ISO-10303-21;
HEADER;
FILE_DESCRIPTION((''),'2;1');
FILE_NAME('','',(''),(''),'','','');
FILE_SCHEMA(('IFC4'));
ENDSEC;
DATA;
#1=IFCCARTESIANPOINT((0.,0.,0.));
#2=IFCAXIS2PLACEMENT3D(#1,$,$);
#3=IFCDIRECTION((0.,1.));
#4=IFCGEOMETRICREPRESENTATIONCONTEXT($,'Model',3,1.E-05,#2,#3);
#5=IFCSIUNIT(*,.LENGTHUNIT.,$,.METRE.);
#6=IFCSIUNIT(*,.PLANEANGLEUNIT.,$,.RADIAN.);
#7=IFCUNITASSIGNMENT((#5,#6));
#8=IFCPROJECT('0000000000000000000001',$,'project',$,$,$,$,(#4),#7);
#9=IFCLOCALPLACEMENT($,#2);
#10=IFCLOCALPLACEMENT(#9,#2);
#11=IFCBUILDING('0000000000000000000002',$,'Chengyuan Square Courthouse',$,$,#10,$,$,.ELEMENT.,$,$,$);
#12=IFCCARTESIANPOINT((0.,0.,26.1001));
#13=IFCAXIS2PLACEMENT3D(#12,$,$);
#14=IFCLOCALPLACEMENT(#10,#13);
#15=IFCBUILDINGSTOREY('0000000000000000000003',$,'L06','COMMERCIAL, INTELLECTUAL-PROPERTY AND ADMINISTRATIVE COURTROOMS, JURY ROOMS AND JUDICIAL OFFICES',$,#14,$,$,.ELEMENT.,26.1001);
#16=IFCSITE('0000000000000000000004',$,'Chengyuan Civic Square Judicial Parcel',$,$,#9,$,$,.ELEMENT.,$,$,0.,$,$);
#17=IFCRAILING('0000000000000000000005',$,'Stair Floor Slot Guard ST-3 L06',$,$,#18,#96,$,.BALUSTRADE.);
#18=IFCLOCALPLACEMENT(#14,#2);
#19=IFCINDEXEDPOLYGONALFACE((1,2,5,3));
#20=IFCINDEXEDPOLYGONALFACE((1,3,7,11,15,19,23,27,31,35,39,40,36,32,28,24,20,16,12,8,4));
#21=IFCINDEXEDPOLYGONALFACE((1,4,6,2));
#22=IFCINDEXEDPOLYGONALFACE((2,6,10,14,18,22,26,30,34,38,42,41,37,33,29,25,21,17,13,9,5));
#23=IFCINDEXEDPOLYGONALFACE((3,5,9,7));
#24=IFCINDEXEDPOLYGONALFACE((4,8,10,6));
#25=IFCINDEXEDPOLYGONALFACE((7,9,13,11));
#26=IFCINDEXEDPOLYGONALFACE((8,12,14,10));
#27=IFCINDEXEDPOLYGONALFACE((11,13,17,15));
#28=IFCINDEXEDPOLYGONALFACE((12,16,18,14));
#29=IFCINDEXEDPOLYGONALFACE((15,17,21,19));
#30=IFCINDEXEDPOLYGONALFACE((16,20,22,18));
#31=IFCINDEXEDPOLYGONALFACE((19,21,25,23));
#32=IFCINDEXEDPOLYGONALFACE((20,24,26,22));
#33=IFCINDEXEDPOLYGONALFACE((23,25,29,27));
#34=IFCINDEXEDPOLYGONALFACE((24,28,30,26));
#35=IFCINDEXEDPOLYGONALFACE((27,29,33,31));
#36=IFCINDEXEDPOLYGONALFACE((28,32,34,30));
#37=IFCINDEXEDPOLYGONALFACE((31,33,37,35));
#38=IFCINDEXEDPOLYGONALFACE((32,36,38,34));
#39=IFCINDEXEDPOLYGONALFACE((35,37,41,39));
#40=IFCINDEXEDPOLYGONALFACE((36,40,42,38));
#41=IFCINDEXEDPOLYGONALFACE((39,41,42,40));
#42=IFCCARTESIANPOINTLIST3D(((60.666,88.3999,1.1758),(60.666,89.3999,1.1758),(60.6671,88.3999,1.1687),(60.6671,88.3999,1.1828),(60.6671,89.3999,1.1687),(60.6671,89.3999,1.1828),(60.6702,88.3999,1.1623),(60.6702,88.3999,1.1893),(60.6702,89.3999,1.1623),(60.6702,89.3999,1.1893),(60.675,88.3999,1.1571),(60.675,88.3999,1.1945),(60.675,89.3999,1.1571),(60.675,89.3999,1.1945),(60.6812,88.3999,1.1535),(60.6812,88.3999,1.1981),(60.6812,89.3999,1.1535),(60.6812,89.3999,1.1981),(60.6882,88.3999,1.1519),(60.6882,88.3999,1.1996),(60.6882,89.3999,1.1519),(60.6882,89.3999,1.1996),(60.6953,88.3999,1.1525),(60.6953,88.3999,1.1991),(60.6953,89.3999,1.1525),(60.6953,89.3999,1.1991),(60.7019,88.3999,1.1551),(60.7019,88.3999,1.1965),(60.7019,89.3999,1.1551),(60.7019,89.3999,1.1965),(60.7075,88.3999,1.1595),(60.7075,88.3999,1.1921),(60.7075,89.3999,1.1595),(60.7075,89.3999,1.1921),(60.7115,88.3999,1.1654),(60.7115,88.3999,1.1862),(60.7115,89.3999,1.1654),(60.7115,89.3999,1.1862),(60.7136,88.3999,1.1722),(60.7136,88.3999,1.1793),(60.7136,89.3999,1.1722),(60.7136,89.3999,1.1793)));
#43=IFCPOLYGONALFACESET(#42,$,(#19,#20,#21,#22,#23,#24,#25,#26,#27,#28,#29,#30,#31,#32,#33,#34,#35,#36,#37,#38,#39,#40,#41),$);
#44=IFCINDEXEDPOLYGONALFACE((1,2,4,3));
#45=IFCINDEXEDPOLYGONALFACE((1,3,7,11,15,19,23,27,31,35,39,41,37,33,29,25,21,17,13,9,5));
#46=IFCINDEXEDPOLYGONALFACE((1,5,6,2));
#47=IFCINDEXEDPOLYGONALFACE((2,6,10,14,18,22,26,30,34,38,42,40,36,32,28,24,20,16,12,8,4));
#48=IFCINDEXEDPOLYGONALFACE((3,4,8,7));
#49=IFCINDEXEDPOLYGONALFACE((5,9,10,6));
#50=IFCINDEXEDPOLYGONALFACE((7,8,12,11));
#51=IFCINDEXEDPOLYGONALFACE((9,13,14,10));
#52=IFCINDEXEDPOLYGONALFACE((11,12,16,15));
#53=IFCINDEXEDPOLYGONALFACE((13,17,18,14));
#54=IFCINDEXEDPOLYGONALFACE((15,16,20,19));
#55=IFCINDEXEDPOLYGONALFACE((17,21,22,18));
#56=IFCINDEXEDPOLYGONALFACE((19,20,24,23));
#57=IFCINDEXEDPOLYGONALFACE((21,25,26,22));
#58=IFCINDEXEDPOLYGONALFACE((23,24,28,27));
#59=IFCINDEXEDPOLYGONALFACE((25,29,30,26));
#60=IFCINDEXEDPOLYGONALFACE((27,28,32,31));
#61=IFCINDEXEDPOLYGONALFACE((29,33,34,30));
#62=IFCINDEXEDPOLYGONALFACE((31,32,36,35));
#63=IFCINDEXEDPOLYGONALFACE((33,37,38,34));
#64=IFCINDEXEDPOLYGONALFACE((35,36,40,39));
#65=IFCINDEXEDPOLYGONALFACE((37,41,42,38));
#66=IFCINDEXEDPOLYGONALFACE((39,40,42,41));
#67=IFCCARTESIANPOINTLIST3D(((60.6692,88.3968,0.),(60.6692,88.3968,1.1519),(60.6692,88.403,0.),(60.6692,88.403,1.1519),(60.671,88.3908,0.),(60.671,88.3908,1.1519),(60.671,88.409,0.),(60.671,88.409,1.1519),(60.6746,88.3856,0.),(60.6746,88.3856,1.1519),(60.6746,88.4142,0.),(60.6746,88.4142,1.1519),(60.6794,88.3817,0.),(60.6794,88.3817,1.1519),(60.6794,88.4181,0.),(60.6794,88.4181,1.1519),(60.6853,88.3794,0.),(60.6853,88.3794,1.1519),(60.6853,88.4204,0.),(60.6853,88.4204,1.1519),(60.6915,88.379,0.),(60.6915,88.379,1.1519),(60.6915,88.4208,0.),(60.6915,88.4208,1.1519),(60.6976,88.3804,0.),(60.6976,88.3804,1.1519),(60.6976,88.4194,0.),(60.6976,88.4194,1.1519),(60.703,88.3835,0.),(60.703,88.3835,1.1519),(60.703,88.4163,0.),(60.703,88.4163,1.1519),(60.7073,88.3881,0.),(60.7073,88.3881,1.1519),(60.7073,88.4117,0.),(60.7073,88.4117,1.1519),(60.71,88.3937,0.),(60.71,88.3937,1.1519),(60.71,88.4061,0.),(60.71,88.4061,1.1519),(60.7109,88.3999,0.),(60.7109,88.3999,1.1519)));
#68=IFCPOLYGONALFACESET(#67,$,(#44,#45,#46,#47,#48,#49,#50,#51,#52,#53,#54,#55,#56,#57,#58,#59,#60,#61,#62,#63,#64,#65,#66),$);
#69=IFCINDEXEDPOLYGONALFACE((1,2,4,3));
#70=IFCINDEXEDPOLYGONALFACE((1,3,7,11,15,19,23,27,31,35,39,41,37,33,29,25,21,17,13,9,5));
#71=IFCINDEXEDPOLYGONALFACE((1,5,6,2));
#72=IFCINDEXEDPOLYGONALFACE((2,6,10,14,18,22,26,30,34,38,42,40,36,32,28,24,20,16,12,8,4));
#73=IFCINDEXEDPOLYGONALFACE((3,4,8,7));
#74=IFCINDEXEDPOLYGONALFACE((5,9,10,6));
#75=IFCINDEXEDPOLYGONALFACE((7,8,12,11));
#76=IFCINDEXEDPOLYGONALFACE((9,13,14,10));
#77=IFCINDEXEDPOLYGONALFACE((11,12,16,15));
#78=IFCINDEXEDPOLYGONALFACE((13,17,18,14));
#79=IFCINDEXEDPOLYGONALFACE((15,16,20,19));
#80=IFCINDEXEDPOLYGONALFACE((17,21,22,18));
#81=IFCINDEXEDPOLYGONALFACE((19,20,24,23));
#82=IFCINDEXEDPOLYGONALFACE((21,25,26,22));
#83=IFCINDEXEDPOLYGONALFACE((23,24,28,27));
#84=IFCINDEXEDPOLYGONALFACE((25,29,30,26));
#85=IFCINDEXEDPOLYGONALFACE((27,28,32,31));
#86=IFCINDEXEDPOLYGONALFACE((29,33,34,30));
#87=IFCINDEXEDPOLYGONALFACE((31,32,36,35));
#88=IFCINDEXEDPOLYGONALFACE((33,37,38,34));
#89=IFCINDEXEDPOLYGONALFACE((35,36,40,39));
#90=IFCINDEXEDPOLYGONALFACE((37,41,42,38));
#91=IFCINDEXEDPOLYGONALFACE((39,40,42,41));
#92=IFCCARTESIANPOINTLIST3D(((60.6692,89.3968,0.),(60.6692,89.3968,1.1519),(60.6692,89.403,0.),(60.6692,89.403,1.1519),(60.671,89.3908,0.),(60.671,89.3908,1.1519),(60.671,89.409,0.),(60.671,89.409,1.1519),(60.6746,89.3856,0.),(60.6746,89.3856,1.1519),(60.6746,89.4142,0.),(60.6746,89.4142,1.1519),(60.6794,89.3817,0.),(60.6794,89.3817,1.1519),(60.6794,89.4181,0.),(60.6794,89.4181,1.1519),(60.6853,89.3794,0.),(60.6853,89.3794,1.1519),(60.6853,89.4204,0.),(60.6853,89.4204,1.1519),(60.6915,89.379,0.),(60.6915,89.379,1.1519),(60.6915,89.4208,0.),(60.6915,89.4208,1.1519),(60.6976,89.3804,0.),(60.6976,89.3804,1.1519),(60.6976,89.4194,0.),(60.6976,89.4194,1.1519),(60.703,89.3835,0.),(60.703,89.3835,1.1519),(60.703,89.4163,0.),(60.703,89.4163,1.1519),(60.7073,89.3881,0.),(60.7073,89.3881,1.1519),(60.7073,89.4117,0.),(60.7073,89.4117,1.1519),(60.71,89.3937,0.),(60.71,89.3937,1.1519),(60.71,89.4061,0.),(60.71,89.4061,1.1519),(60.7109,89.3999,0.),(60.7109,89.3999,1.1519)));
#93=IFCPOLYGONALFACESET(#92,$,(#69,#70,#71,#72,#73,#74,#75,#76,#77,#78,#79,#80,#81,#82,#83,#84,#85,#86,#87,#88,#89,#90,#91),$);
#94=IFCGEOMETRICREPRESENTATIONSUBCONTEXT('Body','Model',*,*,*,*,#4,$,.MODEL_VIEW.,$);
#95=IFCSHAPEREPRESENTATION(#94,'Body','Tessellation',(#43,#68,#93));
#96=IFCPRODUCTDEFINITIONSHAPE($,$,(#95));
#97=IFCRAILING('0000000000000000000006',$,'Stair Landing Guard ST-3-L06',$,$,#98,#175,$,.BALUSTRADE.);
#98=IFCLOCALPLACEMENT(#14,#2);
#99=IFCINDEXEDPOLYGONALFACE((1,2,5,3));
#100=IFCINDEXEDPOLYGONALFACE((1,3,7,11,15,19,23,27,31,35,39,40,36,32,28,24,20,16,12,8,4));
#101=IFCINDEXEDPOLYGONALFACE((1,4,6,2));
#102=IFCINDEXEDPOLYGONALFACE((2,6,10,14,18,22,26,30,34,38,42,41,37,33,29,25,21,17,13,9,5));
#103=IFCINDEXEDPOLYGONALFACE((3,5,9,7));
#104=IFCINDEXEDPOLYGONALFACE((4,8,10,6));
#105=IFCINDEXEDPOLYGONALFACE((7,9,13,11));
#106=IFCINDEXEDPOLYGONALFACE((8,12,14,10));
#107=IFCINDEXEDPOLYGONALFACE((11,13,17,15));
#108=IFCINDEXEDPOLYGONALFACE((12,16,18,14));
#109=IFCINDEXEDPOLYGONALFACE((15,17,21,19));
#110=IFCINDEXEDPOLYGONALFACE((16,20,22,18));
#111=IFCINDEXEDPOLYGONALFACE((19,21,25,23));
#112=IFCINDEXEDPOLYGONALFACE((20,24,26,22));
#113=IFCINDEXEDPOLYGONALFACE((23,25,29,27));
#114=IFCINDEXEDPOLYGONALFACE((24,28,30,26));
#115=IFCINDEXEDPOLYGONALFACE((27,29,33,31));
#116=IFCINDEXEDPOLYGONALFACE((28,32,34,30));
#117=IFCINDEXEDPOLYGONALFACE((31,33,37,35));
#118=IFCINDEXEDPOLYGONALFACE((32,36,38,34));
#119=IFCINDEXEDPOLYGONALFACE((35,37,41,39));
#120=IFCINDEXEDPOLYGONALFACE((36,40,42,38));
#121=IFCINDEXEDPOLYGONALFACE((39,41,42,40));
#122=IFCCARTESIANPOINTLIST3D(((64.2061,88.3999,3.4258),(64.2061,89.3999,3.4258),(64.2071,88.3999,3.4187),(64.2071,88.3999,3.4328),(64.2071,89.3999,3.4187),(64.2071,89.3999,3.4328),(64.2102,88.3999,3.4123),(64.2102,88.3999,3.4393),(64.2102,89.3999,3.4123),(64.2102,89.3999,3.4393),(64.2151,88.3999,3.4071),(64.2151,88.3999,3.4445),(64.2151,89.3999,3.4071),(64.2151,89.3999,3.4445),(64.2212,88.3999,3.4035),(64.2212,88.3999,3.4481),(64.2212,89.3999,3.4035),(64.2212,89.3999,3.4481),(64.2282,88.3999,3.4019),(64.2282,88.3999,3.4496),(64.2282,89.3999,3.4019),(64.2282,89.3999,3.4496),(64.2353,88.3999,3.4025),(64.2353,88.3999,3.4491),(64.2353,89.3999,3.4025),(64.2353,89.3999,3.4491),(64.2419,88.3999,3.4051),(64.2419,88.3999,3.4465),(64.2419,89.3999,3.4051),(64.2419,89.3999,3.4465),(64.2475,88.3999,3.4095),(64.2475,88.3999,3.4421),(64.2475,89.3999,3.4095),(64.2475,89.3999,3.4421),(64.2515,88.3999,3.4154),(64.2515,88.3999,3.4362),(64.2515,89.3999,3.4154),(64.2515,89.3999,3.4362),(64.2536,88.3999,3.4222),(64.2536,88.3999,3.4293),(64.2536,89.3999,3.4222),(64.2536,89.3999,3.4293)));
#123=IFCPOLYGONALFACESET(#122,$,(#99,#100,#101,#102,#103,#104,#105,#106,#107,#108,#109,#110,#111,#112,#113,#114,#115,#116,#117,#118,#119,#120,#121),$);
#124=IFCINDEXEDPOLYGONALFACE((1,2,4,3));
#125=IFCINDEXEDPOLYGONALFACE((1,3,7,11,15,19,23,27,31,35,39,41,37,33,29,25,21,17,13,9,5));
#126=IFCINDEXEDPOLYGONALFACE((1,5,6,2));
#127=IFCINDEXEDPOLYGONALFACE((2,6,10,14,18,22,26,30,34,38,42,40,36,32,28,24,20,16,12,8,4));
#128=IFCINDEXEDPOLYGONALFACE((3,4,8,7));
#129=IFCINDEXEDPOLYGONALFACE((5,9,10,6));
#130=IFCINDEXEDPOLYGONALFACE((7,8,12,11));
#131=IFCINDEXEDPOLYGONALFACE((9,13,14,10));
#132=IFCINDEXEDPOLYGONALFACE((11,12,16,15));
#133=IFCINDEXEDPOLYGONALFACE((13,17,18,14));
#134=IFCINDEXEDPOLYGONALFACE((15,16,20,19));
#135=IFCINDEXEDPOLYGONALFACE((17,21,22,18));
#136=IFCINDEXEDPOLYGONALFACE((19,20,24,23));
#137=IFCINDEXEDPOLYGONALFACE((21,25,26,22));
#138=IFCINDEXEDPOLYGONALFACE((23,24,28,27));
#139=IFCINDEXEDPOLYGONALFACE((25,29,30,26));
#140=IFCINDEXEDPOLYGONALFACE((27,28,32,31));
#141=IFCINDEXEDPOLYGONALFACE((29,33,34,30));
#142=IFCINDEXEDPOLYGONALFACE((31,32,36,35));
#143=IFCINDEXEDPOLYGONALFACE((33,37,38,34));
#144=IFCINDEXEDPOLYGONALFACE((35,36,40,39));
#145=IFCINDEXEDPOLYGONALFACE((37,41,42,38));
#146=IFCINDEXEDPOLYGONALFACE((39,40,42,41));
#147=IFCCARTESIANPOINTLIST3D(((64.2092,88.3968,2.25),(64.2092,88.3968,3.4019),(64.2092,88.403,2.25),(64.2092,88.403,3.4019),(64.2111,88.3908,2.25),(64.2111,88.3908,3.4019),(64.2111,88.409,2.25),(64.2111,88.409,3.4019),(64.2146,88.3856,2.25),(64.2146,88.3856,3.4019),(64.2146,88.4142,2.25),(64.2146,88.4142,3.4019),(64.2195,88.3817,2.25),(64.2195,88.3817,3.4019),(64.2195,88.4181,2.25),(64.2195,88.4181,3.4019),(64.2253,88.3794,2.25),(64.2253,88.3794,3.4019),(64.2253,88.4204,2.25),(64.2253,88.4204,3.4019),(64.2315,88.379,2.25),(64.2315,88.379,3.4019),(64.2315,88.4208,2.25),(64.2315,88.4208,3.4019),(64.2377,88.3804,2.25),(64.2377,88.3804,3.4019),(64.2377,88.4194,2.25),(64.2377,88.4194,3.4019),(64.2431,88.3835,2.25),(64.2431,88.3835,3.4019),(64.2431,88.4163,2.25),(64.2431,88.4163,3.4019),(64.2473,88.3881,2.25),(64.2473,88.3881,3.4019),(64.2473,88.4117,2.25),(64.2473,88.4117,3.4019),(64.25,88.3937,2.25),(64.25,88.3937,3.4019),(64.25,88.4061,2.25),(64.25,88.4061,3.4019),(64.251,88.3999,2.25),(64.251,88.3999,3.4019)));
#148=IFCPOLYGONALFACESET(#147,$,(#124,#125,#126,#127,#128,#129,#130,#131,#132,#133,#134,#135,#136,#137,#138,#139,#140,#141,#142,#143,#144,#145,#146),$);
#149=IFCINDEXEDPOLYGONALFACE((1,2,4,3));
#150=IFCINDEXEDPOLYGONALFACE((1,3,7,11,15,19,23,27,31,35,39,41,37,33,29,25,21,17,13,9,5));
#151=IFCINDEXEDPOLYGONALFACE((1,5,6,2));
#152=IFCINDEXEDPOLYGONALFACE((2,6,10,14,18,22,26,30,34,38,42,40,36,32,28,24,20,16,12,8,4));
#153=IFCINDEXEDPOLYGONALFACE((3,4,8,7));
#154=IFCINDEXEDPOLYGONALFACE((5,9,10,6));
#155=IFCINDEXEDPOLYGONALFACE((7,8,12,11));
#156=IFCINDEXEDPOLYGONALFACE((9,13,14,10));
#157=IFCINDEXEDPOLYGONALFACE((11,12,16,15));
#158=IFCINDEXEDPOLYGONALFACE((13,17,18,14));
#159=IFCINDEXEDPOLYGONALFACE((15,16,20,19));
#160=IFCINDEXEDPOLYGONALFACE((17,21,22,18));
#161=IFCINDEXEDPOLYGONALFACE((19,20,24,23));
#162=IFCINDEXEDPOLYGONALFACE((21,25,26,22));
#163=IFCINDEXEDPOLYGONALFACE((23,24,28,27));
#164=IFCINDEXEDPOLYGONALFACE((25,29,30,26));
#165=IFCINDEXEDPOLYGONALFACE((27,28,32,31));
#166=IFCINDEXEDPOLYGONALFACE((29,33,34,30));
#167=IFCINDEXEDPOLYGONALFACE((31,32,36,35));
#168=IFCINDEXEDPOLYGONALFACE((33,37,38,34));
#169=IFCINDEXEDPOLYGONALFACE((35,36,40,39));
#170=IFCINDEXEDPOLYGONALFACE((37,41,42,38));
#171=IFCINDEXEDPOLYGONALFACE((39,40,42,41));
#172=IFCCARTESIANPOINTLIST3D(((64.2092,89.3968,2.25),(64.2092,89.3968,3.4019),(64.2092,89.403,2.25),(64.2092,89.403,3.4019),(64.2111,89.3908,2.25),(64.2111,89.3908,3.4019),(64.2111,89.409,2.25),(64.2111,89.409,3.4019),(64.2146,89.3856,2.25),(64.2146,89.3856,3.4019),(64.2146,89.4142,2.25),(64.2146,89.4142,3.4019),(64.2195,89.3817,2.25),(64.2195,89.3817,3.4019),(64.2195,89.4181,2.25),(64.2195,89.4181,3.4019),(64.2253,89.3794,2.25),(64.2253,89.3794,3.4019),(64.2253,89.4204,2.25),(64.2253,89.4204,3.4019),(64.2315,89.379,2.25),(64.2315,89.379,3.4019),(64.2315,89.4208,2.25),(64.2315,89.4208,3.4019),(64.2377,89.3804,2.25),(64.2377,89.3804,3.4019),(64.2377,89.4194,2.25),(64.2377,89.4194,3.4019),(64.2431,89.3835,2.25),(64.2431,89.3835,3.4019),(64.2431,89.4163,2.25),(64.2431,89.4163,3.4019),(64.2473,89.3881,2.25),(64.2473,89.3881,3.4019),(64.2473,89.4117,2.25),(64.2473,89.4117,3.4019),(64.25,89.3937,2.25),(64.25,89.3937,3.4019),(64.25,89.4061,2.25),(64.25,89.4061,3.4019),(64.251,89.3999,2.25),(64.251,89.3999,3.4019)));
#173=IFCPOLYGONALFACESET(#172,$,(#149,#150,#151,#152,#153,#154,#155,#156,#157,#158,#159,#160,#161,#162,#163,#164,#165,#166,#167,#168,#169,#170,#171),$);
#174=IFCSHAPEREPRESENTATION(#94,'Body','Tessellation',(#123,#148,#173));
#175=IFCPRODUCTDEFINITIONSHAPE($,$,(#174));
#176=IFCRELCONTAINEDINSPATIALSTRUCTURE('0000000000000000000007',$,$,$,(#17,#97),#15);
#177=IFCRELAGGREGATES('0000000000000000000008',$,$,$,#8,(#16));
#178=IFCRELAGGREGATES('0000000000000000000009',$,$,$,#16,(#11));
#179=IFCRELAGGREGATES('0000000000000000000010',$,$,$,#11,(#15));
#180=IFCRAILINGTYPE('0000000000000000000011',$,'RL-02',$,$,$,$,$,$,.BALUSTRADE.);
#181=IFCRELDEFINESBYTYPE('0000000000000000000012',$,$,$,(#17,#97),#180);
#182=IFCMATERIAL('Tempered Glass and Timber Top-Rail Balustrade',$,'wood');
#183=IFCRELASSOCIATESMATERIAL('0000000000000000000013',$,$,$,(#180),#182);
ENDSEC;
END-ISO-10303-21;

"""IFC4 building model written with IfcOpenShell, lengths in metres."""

from ifc_helpers import new_model, si_unit, direction, frame, origin, origin_2d, place, context, subcontext, project, spatial, circle, extrude, material, type_object, element, save


model = new_model("IFC4")

# Units and contexts
model_context = context("Model", 3, precision=1e-05, world=origin(), true_north=direction((0.0, 1.0)))
body_context = subcontext(model_context, "Body", "Model", "MODEL_VIEW")
ifc_project = project(units=[si_unit("LENGTHUNIT", "METRE"), si_unit("PLANEANGLEUNIT", "RADIAN")], contexts=[model_context])

# Site, building, storey
site_placement = place(None, origin())
site = spatial("IfcSite", under=ifc_project, at=site_placement, Name="Chengyuan Civic Square Judicial Parcel", CompositionType="ELEMENT", RefElevation=0.0)
building_placement = place(site_placement, origin())
building = spatial("IfcBuilding", under=site, at=building_placement, Name="Chengyuan Square Courthouse", CompositionType="ELEMENT")
storey_placement = place(building_placement, frame((0.0, 0.0, 26.1001)))
storey = spatial("IfcBuildingStorey", under=building, at=storey_placement, Name="L06", Description="COMMERCIAL, INTELLECTUAL-PROPERTY AND ADMINISTRATIVE COURTROOMS, JURY ROOMS AND JUDICIAL OFFICES", CompositionType="ELEMENT", Elevation=26.1001)

# Railings
ifc_material_1 = material(Name="Tempered Glass and Timber Top-Rail Balustrade", Category="wood")
railing_type_1 = type_object("IfcRailingType", Name="RL-02", PredefinedType="BALUSTRADE", material=ifc_material_1)
for number, where, name in (
    (1, (60.6899, 88.3999, 0.0), "Stair Floor Slot Guard ST-3 L06"),
    (2, (64.23, 88.3999, 2.25), "Stair Landing Guard ST-3-L06"),
):
    element("IfcRailing", number, at=place(storey_placement, frame(where)), inside=storey, type_object=railing_type_1, Name=name, PredefinedType="BALUSTRADE", context=body_context, shape_type="SweptSolid", body=[
        extrude(circle(Radius=0.0239, at=origin_2d()), frame((0.0, 0.0, 1.1758), z_axis=(0.0, 1.0, 0.0), x_axis=(-1.0, 0.0, 0.0)), (0.0, 0.0, 1.0), 1.0),
        extrude(circle(Radius=0.021, at=origin_2d()), origin(), (0.0, 0.0, 1.0), 1.1519),
        extrude(circle(Radius=0.021, at=origin_2d()), frame((0.0, 1.0, 0.0)), (0.0, 0.0, 1.0), 1.1519),
    ])

save(model, "model.ifc")
